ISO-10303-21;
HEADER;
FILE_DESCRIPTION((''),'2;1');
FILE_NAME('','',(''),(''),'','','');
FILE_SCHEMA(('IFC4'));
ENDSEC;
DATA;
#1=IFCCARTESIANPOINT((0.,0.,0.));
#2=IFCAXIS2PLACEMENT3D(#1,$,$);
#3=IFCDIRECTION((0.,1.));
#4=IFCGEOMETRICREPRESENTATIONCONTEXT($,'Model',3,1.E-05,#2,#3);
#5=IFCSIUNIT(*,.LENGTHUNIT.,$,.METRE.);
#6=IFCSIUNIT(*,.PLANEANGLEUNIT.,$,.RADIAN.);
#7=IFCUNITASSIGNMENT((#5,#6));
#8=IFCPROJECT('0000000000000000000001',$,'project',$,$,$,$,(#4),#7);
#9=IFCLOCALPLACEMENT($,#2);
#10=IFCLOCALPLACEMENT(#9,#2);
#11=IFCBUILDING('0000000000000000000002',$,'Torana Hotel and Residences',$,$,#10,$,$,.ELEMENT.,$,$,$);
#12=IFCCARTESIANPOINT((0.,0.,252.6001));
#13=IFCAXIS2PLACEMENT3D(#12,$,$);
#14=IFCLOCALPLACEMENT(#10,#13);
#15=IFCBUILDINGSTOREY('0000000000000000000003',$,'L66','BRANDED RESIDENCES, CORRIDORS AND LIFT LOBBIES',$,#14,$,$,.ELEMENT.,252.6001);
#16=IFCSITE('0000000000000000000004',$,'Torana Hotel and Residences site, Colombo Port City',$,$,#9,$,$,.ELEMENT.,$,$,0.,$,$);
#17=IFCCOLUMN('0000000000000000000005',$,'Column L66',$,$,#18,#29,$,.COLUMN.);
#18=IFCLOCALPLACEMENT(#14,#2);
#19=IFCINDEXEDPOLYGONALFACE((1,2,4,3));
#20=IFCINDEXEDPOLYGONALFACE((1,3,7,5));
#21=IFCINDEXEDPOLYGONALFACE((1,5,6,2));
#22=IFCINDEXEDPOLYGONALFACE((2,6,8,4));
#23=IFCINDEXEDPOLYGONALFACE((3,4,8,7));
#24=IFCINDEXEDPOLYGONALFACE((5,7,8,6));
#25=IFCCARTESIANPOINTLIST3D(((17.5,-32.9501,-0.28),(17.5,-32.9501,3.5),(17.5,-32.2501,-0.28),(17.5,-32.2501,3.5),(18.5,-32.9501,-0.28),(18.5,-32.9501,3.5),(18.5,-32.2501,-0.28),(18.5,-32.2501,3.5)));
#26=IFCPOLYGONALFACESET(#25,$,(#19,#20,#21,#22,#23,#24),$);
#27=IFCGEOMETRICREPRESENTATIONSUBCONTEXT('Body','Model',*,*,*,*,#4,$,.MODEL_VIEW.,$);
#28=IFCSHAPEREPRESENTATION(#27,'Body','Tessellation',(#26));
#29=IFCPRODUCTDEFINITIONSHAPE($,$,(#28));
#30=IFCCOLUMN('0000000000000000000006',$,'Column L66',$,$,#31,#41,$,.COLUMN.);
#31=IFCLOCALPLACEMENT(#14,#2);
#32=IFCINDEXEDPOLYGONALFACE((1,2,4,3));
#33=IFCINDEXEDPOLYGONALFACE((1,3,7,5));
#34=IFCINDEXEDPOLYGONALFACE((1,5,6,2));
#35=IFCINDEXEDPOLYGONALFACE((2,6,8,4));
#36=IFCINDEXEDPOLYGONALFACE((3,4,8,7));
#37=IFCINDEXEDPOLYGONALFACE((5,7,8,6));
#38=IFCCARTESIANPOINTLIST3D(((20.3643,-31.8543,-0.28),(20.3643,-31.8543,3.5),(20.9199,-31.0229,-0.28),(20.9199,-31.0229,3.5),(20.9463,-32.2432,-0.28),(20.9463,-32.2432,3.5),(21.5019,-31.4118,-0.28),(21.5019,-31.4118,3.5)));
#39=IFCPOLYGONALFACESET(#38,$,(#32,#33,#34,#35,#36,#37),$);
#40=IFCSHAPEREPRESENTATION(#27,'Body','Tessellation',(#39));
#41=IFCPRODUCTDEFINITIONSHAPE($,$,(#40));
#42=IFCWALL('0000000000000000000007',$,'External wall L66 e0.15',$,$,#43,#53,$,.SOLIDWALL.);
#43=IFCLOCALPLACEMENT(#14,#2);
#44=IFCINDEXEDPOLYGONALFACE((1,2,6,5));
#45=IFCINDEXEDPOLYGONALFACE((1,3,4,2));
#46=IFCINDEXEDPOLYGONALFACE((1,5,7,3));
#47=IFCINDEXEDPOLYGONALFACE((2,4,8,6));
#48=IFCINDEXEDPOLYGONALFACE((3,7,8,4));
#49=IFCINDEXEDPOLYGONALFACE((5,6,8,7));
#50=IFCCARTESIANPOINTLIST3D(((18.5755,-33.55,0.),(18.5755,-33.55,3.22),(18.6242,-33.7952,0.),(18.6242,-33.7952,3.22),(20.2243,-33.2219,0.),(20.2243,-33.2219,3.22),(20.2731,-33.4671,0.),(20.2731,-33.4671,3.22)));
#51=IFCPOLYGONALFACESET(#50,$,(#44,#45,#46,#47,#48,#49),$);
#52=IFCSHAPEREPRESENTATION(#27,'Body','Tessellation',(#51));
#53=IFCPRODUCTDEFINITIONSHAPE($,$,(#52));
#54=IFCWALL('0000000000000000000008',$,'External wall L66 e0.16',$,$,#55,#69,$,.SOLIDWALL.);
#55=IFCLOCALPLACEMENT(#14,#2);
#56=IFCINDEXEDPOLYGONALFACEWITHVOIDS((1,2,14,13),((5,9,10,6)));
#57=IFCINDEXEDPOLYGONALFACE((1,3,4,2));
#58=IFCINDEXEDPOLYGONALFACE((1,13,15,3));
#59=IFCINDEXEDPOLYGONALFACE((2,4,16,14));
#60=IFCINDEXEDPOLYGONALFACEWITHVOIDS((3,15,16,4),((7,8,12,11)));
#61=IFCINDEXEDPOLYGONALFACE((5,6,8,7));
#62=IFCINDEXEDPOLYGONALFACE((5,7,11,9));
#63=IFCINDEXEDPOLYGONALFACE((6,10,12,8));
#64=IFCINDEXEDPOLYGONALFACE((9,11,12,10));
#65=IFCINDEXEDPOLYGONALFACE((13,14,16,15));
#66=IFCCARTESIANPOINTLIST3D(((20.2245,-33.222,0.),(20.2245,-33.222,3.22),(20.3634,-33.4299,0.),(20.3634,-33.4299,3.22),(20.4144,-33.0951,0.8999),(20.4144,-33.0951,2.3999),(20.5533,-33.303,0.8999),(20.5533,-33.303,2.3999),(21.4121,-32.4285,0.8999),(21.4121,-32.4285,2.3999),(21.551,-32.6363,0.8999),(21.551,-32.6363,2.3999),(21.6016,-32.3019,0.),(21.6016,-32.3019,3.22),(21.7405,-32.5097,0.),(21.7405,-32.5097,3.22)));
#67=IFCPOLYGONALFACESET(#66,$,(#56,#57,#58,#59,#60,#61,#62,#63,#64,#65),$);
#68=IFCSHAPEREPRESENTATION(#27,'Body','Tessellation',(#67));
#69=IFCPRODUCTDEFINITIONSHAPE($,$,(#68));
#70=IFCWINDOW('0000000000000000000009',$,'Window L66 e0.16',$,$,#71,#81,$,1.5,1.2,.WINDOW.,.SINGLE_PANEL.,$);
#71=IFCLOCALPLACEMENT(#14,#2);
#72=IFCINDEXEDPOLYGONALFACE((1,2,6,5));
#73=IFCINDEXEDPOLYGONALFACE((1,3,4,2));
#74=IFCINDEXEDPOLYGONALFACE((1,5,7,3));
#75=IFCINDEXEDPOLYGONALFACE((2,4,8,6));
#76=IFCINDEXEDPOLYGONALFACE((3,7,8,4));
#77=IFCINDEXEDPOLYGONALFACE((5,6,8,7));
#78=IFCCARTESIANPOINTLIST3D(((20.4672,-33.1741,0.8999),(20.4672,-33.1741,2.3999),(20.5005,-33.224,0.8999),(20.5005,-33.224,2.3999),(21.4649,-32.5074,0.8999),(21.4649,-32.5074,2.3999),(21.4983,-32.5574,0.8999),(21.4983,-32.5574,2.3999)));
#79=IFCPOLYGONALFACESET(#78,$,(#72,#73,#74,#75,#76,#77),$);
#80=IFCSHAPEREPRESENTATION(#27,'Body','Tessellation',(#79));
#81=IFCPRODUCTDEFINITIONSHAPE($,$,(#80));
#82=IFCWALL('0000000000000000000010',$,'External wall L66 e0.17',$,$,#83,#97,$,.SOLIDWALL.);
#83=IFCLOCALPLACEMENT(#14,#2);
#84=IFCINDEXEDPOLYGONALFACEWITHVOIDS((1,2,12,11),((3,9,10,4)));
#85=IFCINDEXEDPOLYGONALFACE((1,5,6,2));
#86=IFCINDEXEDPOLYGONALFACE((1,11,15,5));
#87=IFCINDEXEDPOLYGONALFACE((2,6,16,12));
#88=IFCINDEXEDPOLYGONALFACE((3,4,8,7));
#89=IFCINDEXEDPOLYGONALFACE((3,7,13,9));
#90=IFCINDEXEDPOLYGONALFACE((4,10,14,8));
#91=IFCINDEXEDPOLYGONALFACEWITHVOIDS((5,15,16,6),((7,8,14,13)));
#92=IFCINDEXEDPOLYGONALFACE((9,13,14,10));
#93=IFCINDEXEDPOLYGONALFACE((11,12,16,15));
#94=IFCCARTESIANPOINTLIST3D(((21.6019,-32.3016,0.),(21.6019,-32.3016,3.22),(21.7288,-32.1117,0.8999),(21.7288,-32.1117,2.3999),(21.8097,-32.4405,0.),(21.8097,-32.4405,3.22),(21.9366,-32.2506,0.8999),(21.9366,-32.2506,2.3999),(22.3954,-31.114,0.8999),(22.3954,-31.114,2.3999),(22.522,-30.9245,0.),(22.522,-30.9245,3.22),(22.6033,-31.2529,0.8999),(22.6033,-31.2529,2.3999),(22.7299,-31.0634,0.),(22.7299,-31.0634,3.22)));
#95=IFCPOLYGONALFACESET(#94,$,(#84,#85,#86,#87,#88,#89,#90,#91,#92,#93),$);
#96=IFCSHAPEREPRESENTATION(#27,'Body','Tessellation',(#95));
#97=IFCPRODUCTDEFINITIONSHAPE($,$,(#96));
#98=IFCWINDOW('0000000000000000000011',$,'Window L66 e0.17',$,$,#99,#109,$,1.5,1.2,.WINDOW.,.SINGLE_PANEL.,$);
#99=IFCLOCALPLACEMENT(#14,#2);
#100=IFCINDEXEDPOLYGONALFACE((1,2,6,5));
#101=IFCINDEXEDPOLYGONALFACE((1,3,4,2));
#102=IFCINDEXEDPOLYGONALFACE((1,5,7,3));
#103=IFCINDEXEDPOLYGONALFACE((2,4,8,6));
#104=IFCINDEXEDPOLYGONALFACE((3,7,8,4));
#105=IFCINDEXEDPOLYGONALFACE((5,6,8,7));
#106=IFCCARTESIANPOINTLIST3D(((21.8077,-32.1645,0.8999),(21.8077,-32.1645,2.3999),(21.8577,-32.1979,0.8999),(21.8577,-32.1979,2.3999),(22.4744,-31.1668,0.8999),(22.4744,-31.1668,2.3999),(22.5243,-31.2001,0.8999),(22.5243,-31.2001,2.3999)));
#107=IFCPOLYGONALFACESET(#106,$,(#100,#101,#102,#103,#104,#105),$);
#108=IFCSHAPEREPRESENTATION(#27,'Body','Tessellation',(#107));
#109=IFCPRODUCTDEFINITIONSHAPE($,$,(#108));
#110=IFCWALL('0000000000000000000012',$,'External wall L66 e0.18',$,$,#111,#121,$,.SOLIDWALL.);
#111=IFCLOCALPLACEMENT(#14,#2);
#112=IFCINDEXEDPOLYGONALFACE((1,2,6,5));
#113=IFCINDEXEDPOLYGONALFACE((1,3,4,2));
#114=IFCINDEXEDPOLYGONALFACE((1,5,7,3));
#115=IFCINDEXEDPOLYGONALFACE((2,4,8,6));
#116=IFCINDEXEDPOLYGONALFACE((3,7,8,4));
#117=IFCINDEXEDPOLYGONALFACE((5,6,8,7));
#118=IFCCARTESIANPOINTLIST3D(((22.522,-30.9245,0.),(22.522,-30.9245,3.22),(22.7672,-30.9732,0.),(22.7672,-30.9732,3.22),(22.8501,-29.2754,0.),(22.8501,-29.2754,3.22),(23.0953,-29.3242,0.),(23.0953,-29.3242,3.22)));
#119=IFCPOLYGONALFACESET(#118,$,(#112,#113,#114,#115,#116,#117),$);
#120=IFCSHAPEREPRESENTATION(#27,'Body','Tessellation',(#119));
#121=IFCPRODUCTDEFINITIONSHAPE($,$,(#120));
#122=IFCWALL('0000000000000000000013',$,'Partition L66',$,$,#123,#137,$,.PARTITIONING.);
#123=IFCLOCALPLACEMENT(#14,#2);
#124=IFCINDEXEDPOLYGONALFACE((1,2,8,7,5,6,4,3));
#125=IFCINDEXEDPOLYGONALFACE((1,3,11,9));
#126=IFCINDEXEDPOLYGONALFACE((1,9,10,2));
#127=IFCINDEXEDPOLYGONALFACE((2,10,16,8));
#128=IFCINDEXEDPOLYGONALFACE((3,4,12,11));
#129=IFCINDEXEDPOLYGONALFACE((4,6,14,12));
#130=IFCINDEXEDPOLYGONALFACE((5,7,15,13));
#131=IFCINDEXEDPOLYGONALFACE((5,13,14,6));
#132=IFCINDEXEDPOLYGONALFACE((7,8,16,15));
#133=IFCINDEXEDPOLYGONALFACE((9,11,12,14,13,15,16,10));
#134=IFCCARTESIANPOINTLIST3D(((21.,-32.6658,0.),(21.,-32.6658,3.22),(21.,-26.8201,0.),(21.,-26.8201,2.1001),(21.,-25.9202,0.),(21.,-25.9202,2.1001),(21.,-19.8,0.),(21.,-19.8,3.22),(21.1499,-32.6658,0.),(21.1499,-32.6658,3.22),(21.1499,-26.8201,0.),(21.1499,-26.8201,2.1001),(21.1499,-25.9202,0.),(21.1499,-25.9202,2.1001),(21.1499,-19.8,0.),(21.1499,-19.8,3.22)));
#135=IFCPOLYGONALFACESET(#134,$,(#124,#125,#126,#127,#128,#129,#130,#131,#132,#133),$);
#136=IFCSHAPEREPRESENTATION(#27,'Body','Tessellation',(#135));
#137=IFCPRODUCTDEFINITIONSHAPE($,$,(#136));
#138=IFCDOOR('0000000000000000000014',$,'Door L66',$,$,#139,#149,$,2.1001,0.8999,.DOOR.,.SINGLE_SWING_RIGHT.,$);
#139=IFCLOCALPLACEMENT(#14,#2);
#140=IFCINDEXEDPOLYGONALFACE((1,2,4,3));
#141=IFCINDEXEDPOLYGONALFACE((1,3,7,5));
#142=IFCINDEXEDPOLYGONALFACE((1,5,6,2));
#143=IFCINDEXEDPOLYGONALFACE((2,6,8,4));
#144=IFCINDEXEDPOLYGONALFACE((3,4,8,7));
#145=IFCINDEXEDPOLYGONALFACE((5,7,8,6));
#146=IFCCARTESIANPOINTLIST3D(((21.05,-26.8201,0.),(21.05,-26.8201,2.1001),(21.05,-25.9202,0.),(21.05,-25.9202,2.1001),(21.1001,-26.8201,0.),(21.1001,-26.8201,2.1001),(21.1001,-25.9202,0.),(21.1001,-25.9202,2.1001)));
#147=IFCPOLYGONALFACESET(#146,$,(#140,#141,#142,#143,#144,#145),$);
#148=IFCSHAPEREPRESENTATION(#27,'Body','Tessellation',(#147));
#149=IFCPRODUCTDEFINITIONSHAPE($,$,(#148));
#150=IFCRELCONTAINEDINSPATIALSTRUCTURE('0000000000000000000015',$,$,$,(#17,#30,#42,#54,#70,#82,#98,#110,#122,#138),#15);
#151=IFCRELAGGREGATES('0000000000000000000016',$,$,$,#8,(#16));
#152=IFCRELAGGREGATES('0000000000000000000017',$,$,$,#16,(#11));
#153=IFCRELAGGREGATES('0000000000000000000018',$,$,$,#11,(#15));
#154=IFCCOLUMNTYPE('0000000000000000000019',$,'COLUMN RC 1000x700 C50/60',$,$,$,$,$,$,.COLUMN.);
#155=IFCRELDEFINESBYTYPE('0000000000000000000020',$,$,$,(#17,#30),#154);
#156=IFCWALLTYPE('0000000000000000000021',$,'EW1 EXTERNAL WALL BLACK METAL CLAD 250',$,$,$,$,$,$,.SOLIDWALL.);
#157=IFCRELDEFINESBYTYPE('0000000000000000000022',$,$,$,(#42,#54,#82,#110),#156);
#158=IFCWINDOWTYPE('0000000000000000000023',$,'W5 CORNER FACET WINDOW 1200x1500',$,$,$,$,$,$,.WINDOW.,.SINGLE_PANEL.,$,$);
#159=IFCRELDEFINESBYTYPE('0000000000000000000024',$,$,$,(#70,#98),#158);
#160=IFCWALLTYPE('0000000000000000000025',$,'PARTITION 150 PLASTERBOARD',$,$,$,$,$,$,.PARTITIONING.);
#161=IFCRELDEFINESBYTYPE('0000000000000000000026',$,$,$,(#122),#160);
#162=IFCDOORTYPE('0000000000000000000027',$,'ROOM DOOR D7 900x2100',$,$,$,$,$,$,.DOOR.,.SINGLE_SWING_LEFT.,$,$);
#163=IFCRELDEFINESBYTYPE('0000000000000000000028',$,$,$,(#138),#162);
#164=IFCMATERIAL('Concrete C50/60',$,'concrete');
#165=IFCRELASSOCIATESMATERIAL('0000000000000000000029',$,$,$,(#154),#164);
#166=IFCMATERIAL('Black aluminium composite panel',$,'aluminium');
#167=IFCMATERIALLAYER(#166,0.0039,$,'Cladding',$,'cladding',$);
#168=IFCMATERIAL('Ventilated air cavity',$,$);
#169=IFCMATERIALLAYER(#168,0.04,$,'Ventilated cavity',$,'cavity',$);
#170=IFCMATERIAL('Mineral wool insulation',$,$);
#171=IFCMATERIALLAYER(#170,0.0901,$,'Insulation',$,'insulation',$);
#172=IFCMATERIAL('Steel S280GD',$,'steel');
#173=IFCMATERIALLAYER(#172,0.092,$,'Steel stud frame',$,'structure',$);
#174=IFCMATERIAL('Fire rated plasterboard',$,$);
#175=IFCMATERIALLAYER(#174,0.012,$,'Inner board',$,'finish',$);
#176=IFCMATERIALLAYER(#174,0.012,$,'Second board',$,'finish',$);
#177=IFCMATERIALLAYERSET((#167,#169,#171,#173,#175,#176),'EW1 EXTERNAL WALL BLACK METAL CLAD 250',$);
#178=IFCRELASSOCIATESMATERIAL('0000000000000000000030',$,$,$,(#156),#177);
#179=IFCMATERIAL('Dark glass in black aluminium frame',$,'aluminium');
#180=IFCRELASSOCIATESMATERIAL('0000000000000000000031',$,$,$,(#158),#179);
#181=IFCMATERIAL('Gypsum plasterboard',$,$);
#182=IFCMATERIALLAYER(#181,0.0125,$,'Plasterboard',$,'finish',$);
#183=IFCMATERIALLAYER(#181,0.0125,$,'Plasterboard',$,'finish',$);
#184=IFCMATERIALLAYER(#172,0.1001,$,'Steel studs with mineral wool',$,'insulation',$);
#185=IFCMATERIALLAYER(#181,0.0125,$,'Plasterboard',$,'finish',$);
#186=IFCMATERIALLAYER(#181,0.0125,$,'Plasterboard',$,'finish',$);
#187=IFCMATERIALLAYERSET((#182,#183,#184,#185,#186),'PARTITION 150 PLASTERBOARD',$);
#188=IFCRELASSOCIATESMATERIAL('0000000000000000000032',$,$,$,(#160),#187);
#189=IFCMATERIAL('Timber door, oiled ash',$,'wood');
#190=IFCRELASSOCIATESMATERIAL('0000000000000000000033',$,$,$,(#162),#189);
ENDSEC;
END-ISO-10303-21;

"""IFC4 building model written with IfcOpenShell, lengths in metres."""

from ifc_helpers import new_model, si_unit, direction, frame, frame_2d, origin, origin_2d, place, context, subcontext, project, spatial, rectangle, extrude, material, layer, layer_set, material_profile, profile_set, type_object, element, fill, save


model = new_model("IFC4")

# Units and contexts
model_context = context("Model", 3, precision=1e-05, world=origin(), true_north=direction((0.0, 1.0)))
body_context = subcontext(model_context, "Body", "Model", "MODEL_VIEW")
ifc_project = project(units=[si_unit("LENGTHUNIT", "METRE"), si_unit("PLANEANGLEUNIT", "RADIAN")], contexts=[model_context])

# Site, building, storey
site_placement = place(None, origin())
site = spatial("IfcSite", under=ifc_project, at=site_placement, Name="Torana Hotel and Residences site, Colombo Port City", CompositionType="ELEMENT", RefElevation=0.0)
building_placement = place(site_placement, origin())
building = spatial("IfcBuilding", under=site, at=building_placement, Name="Torana Hotel and Residences", CompositionType="ELEMENT")
storey_placement = place(building_placement, frame((0.0, 0.0, 252.6001)))
storey = spatial("IfcBuildingStorey", under=building, at=storey_placement, Name="L66", Description="BRANDED RESIDENCES, CORRIDORS AND LIFT LOBBIES", CompositionType="ELEMENT", Elevation=252.6001)

# Columns
ifc_material_1 = material(Name="Concrete C50/60", Category="concrete")
ifc_material_profile = material_profile(ifc_material_1, rectangle(XDim=1.0, YDim=0.7, at=origin_2d()), Name="RC 1000x700")
ifc_profile_set = profile_set([ifc_material_profile], Name="Concrete C50/60")
column_type = type_object("IfcColumnType", Name="COLUMN RC 1000x700 C50/60", PredefinedType="COLUMN", material=ifc_profile_set)
for number, where, z_axis, x_axis, name in (
    (1, (18.0, -32.6001, -0.28), (0.0, 0.0, 1.0), (1.0, 0.0, 0.0), "Column L66"),
    (2, (20.9331, -31.6331, -0.28), (0.0, 0.0, 1.0), (0.555585, 0.83146, 0.0), "Column L66"),
):
    element("IfcColumn", number, at=place(storey_placement, frame(where, z_axis=z_axis, x_axis=x_axis)), inside=storey, type_object=column_type, Name=name, PredefinedType="COLUMN", context=body_context, shape_type="SweptSolid", body=[
        extrude(rectangle(XDim=1.0, YDim=0.7, at=origin_2d()), origin(), (0.0, 0.0, 1.0), 3.78),
    ])

# Wall
ifc_material_2 = material(Name="Black aluminium composite panel", Category="aluminium")
ifc_layer_1 = layer(ifc_material_2, 0.0039, Name="Cladding", Category="cladding")
ifc_material_3 = material(Name="Ventilated air cavity")
ifc_layer_2 = layer(ifc_material_3, 0.04, Name="Ventilated cavity", Category="cavity")
ifc_material_4 = material(Name="Mineral wool insulation")
ifc_layer_3 = layer(ifc_material_4, 0.0901, Name="Insulation", Category="insulation")
ifc_material_5 = material(Name="Steel S280GD", Category="steel")
ifc_layer_4 = layer(ifc_material_5, 0.092, Name="Steel stud frame", Category="structure")
ifc_material_6 = material(Name="Fire rated plasterboard")
ifc_layer_5 = layer(ifc_material_6, 0.012, Name="Inner board", Category="finish")
ifc_layer_6 = layer(ifc_material_6, 0.012, Name="Second board", Category="finish")
ifc_layer_set_1 = layer_set([ifc_layer_1, ifc_layer_2, ifc_layer_3, ifc_layer_4, ifc_layer_5, ifc_layer_6], Name="EW1 EXTERNAL WALL BLACK METAL CLAD 250")
wall_type_1 = type_object("IfcWallType", Name="EW1 EXTERNAL WALL BLACK METAL CLAD 250", PredefinedType="SOLIDWALL", material=ifc_layer_set_1)
wall_1_placement = place(storey_placement, frame((18.5999, -33.6726, 0.0), z_axis=(0.0, 0.0, 1.0), x_axis=(0.98077, 0.195167, 0.0)))
element("IfcWall", 3, at=wall_1_placement, inside=storey, type_object=wall_type_1, Name="External wall L66 e0.15", PredefinedType="SOLIDWALL", context=body_context, shape_type="SweptSolid", body=[
    extrude(rectangle(XDim=1.6812, YDim=0.25, at=frame_2d((0.8406, 0.0))), origin(), (0.0, 0.0, 1.0), 3.22),
])

# Walls, openings, windows
wall_2_placement = place(storey_placement, frame((20.2939, -33.3259, 0.0), z_axis=(0.0, 0.0, 1.0), x_axis=(0.831483, 0.55555, 0.0)))
wall_2 = element("IfcWall", 4, at=wall_2_placement, inside=storey, type_object=wall_type_1, Name="External wall L66 e0.16", PredefinedType="SOLIDWALL", context=body_context, shape_type="SweptSolid", body=[
    extrude(rectangle(XDim=1.6562, YDim=0.25, at=frame_2d((0.8281, 0.0))), origin(), (0.0, 0.0, 1.0), 3.22),
])
opening_1_placement = place(wall_2_placement, frame((0.2283, 0.0, 0.8999)))
opening_1 = element("IfcOpeningElement", 5, at=opening_1_placement, cuts=wall_2, PredefinedType="OPENING", context=body_context, shape_type="SweptSolid", body=[
    extrude(rectangle(XDim=1.2, YDim=1.5, at=frame_2d((0.6001, 0.75))), frame((0.0, 0.135, 0.0), z_axis=(0.0, -1.0, 0.0), x_axis=(1.0, 0.0, 0.0)), (0.0, 0.0, 1.0), 0.27),
])
ifc_material_7 = material(Name="Dark glass in black aluminium frame", Category="aluminium")
window_type_1 = type_object("IfcWindowType", Name="W5 CORNER FACET WINDOW 1200x1500", PartitioningType="SINGLE_PANEL", PredefinedType="WINDOW", material=ifc_material_7)
window_1_placement = place(opening_1_placement, origin())
window_1 = element("IfcWindow", 6, at=window_1_placement, inside=storey, type_object=window_type_1, Name="Window L66 e0.16", OverallHeight=1.5, OverallWidth=1.2, PartitioningType="SINGLE_PANEL", PredefinedType="WINDOW", context=body_context, shape_type="SweptSolid", body=[
    extrude(rectangle(XDim=1.2, YDim=1.5, at=frame_2d((0.6001, 0.75))), frame((0.0, 0.03, 0.0), z_axis=(0.0, -1.0, 0.0), x_axis=(1.0, 0.0, 0.0)), (0.0, 0.0, 1.0), 0.0601),
])
fill(opening_1, window_1)
wall_3_placement = place(storey_placement, frame((21.7058, -32.3711, 0.0), z_axis=(0.0, 0.0, 1.0), x_axis=(0.55555, 0.831483, 0.0)))
wall_3 = element("IfcWall", 7, at=wall_3_placement, inside=storey, type_object=wall_type_1, Name="External wall L66 e0.17", PredefinedType="SOLIDWALL", context=body_context, shape_type="SweptSolid", body=[
    extrude(rectangle(XDim=1.6562, YDim=0.25, at=frame_2d((0.8281, 0.0))), origin(), (0.0, 0.0, 1.0), 3.22),
])
opening_2_placement = place(wall_3_placement, frame((0.2283, 0.0, 0.8999)))
opening_2 = element("IfcOpeningElement", 8, at=opening_2_placement, cuts=wall_3, PredefinedType="OPENING", context=body_context, shape_type="SweptSolid", body=[
    extrude(rectangle(XDim=1.2, YDim=1.5, at=frame_2d((0.6001, 0.75))), frame((0.0, 0.135, 0.0), z_axis=(0.0, -1.0, 0.0), x_axis=(1.0, 0.0, 0.0)), (0.0, 0.0, 1.0), 0.27),
])
window_2_placement = place(opening_2_placement, origin())
window_2 = element("IfcWindow", 9, at=window_2_placement, inside=storey, type_object=window_type_1, Name="Window L66 e0.17", OverallHeight=1.5, OverallWidth=1.2, PartitioningType="SINGLE_PANEL", PredefinedType="WINDOW", context=body_context, shape_type="SweptSolid", body=[
    extrude(rectangle(XDim=1.2, YDim=1.5, at=frame_2d((0.6001, 0.75))), frame((0.0, 0.03, 0.0), z_axis=(0.0, -1.0, 0.0), x_axis=(1.0, 0.0, 0.0)), (0.0, 0.0, 1.0), 0.0601),
])
fill(opening_2, window_2)

# Wall
wall_4_placement = place(storey_placement, frame((22.6445, -30.949, 0.0), z_axis=(0.0, 0.0, 1.0), x_axis=(0.195139, 0.980776, 0.0)))
element("IfcWall", 10, at=wall_4_placement, inside=storey, type_object=wall_type_1, Name="External wall L66 e0.18", PredefinedType="SOLIDWALL", context=body_context, shape_type="SweptSolid", body=[
    extrude(rectangle(XDim=1.6814, YDim=0.25, at=frame_2d((0.8408, 0.0))), origin(), (0.0, 0.0, 1.0), 3.22),
])

# Wall, opening, door
ifc_material_8 = material(Name="Gypsum plasterboard")
ifc_layer_7 = layer(ifc_material_8, 0.0125, Name="Plasterboard", Category="finish")
ifc_layer_8 = layer(ifc_material_8, 0.0125, Name="Plasterboard", Category="finish")
ifc_layer_9 = layer(ifc_material_5, 0.1001, Name="Steel studs with mineral wool", Category="insulation")
ifc_layer_10 = layer(ifc_material_8, 0.0125, Name="Plasterboard", Category="finish")
ifc_layer_11 = layer(ifc_material_8, 0.0125, Name="Plasterboard", Category="finish")
ifc_layer_set_2 = layer_set([ifc_layer_7, ifc_layer_8, ifc_layer_9, ifc_layer_10, ifc_layer_11], Name="PARTITION 150 PLASTERBOARD")
wall_type_2 = type_object("IfcWallType", Name="PARTITION 150 PLASTERBOARD", PredefinedType="PARTITIONING", material=ifc_layer_set_2)
wall_5_placement = place(storey_placement, frame((21.075, -32.6658, 0.0), z_axis=(0.0, 0.0, 1.0), x_axis=(0.0, 1.0, 0.0)))
wall_5 = element("IfcWall", 11, at=wall_5_placement, inside=storey, type_object=wall_type_2, Name="Partition L66", PredefinedType="PARTITIONING", context=body_context, shape_type="SweptSolid", body=[
    extrude(rectangle(XDim=12.8657, YDim=0.1499, at=frame_2d((6.4329, 0.0))), origin(), (0.0, 0.0, 1.0), 3.22),
])
opening_3_placement = place(wall_5_placement, frame((5.8457, 0.0, 0.0)))
opening_3 = element("IfcOpeningElement", 12, at=opening_3_placement, cuts=wall_5, PredefinedType="OPENING", context=body_context, shape_type="SweptSolid", body=[
    extrude(rectangle(XDim=0.8999, YDim=2.1001, at=frame_2d((0.45, 1.05))), frame((0.0, 0.085, 0.0), z_axis=(0.0, -1.0, 0.0), x_axis=(1.0, 0.0, 0.0)), (0.0, 0.0, 1.0), 0.1699),
])
ifc_material_9 = material(Name="Timber door, oiled ash", Category="wood")
door_type_1 = type_object("IfcDoorType", Name="ROOM DOOR D7 900x2100", OperationType="SINGLE_SWING_LEFT", PredefinedType="DOOR", material=ifc_material_9)
door_1_placement = place(opening_3_placement, origin())
door_1 = element("IfcDoor", 13, at=door_1_placement, inside=storey, type_object=door_type_1, Name="Door L66", OperationType="SINGLE_SWING_RIGHT", OverallHeight=2.1001, OverallWidth=0.8999, PredefinedType="DOOR", context=body_context, shape_type="SweptSolid", body=[
    extrude(rectangle(XDim=0.8999, YDim=2.1001, at=frame_2d((0.45, 1.05))), frame((0.0, 0.0249, 0.0), z_axis=(0.0, -1.0, 0.0), x_axis=(1.0, 0.0, 0.0)), (0.0, 0.0, 1.0), 0.05),
])
fill(opening_3, door_1)

save(model, "model.ifc")
